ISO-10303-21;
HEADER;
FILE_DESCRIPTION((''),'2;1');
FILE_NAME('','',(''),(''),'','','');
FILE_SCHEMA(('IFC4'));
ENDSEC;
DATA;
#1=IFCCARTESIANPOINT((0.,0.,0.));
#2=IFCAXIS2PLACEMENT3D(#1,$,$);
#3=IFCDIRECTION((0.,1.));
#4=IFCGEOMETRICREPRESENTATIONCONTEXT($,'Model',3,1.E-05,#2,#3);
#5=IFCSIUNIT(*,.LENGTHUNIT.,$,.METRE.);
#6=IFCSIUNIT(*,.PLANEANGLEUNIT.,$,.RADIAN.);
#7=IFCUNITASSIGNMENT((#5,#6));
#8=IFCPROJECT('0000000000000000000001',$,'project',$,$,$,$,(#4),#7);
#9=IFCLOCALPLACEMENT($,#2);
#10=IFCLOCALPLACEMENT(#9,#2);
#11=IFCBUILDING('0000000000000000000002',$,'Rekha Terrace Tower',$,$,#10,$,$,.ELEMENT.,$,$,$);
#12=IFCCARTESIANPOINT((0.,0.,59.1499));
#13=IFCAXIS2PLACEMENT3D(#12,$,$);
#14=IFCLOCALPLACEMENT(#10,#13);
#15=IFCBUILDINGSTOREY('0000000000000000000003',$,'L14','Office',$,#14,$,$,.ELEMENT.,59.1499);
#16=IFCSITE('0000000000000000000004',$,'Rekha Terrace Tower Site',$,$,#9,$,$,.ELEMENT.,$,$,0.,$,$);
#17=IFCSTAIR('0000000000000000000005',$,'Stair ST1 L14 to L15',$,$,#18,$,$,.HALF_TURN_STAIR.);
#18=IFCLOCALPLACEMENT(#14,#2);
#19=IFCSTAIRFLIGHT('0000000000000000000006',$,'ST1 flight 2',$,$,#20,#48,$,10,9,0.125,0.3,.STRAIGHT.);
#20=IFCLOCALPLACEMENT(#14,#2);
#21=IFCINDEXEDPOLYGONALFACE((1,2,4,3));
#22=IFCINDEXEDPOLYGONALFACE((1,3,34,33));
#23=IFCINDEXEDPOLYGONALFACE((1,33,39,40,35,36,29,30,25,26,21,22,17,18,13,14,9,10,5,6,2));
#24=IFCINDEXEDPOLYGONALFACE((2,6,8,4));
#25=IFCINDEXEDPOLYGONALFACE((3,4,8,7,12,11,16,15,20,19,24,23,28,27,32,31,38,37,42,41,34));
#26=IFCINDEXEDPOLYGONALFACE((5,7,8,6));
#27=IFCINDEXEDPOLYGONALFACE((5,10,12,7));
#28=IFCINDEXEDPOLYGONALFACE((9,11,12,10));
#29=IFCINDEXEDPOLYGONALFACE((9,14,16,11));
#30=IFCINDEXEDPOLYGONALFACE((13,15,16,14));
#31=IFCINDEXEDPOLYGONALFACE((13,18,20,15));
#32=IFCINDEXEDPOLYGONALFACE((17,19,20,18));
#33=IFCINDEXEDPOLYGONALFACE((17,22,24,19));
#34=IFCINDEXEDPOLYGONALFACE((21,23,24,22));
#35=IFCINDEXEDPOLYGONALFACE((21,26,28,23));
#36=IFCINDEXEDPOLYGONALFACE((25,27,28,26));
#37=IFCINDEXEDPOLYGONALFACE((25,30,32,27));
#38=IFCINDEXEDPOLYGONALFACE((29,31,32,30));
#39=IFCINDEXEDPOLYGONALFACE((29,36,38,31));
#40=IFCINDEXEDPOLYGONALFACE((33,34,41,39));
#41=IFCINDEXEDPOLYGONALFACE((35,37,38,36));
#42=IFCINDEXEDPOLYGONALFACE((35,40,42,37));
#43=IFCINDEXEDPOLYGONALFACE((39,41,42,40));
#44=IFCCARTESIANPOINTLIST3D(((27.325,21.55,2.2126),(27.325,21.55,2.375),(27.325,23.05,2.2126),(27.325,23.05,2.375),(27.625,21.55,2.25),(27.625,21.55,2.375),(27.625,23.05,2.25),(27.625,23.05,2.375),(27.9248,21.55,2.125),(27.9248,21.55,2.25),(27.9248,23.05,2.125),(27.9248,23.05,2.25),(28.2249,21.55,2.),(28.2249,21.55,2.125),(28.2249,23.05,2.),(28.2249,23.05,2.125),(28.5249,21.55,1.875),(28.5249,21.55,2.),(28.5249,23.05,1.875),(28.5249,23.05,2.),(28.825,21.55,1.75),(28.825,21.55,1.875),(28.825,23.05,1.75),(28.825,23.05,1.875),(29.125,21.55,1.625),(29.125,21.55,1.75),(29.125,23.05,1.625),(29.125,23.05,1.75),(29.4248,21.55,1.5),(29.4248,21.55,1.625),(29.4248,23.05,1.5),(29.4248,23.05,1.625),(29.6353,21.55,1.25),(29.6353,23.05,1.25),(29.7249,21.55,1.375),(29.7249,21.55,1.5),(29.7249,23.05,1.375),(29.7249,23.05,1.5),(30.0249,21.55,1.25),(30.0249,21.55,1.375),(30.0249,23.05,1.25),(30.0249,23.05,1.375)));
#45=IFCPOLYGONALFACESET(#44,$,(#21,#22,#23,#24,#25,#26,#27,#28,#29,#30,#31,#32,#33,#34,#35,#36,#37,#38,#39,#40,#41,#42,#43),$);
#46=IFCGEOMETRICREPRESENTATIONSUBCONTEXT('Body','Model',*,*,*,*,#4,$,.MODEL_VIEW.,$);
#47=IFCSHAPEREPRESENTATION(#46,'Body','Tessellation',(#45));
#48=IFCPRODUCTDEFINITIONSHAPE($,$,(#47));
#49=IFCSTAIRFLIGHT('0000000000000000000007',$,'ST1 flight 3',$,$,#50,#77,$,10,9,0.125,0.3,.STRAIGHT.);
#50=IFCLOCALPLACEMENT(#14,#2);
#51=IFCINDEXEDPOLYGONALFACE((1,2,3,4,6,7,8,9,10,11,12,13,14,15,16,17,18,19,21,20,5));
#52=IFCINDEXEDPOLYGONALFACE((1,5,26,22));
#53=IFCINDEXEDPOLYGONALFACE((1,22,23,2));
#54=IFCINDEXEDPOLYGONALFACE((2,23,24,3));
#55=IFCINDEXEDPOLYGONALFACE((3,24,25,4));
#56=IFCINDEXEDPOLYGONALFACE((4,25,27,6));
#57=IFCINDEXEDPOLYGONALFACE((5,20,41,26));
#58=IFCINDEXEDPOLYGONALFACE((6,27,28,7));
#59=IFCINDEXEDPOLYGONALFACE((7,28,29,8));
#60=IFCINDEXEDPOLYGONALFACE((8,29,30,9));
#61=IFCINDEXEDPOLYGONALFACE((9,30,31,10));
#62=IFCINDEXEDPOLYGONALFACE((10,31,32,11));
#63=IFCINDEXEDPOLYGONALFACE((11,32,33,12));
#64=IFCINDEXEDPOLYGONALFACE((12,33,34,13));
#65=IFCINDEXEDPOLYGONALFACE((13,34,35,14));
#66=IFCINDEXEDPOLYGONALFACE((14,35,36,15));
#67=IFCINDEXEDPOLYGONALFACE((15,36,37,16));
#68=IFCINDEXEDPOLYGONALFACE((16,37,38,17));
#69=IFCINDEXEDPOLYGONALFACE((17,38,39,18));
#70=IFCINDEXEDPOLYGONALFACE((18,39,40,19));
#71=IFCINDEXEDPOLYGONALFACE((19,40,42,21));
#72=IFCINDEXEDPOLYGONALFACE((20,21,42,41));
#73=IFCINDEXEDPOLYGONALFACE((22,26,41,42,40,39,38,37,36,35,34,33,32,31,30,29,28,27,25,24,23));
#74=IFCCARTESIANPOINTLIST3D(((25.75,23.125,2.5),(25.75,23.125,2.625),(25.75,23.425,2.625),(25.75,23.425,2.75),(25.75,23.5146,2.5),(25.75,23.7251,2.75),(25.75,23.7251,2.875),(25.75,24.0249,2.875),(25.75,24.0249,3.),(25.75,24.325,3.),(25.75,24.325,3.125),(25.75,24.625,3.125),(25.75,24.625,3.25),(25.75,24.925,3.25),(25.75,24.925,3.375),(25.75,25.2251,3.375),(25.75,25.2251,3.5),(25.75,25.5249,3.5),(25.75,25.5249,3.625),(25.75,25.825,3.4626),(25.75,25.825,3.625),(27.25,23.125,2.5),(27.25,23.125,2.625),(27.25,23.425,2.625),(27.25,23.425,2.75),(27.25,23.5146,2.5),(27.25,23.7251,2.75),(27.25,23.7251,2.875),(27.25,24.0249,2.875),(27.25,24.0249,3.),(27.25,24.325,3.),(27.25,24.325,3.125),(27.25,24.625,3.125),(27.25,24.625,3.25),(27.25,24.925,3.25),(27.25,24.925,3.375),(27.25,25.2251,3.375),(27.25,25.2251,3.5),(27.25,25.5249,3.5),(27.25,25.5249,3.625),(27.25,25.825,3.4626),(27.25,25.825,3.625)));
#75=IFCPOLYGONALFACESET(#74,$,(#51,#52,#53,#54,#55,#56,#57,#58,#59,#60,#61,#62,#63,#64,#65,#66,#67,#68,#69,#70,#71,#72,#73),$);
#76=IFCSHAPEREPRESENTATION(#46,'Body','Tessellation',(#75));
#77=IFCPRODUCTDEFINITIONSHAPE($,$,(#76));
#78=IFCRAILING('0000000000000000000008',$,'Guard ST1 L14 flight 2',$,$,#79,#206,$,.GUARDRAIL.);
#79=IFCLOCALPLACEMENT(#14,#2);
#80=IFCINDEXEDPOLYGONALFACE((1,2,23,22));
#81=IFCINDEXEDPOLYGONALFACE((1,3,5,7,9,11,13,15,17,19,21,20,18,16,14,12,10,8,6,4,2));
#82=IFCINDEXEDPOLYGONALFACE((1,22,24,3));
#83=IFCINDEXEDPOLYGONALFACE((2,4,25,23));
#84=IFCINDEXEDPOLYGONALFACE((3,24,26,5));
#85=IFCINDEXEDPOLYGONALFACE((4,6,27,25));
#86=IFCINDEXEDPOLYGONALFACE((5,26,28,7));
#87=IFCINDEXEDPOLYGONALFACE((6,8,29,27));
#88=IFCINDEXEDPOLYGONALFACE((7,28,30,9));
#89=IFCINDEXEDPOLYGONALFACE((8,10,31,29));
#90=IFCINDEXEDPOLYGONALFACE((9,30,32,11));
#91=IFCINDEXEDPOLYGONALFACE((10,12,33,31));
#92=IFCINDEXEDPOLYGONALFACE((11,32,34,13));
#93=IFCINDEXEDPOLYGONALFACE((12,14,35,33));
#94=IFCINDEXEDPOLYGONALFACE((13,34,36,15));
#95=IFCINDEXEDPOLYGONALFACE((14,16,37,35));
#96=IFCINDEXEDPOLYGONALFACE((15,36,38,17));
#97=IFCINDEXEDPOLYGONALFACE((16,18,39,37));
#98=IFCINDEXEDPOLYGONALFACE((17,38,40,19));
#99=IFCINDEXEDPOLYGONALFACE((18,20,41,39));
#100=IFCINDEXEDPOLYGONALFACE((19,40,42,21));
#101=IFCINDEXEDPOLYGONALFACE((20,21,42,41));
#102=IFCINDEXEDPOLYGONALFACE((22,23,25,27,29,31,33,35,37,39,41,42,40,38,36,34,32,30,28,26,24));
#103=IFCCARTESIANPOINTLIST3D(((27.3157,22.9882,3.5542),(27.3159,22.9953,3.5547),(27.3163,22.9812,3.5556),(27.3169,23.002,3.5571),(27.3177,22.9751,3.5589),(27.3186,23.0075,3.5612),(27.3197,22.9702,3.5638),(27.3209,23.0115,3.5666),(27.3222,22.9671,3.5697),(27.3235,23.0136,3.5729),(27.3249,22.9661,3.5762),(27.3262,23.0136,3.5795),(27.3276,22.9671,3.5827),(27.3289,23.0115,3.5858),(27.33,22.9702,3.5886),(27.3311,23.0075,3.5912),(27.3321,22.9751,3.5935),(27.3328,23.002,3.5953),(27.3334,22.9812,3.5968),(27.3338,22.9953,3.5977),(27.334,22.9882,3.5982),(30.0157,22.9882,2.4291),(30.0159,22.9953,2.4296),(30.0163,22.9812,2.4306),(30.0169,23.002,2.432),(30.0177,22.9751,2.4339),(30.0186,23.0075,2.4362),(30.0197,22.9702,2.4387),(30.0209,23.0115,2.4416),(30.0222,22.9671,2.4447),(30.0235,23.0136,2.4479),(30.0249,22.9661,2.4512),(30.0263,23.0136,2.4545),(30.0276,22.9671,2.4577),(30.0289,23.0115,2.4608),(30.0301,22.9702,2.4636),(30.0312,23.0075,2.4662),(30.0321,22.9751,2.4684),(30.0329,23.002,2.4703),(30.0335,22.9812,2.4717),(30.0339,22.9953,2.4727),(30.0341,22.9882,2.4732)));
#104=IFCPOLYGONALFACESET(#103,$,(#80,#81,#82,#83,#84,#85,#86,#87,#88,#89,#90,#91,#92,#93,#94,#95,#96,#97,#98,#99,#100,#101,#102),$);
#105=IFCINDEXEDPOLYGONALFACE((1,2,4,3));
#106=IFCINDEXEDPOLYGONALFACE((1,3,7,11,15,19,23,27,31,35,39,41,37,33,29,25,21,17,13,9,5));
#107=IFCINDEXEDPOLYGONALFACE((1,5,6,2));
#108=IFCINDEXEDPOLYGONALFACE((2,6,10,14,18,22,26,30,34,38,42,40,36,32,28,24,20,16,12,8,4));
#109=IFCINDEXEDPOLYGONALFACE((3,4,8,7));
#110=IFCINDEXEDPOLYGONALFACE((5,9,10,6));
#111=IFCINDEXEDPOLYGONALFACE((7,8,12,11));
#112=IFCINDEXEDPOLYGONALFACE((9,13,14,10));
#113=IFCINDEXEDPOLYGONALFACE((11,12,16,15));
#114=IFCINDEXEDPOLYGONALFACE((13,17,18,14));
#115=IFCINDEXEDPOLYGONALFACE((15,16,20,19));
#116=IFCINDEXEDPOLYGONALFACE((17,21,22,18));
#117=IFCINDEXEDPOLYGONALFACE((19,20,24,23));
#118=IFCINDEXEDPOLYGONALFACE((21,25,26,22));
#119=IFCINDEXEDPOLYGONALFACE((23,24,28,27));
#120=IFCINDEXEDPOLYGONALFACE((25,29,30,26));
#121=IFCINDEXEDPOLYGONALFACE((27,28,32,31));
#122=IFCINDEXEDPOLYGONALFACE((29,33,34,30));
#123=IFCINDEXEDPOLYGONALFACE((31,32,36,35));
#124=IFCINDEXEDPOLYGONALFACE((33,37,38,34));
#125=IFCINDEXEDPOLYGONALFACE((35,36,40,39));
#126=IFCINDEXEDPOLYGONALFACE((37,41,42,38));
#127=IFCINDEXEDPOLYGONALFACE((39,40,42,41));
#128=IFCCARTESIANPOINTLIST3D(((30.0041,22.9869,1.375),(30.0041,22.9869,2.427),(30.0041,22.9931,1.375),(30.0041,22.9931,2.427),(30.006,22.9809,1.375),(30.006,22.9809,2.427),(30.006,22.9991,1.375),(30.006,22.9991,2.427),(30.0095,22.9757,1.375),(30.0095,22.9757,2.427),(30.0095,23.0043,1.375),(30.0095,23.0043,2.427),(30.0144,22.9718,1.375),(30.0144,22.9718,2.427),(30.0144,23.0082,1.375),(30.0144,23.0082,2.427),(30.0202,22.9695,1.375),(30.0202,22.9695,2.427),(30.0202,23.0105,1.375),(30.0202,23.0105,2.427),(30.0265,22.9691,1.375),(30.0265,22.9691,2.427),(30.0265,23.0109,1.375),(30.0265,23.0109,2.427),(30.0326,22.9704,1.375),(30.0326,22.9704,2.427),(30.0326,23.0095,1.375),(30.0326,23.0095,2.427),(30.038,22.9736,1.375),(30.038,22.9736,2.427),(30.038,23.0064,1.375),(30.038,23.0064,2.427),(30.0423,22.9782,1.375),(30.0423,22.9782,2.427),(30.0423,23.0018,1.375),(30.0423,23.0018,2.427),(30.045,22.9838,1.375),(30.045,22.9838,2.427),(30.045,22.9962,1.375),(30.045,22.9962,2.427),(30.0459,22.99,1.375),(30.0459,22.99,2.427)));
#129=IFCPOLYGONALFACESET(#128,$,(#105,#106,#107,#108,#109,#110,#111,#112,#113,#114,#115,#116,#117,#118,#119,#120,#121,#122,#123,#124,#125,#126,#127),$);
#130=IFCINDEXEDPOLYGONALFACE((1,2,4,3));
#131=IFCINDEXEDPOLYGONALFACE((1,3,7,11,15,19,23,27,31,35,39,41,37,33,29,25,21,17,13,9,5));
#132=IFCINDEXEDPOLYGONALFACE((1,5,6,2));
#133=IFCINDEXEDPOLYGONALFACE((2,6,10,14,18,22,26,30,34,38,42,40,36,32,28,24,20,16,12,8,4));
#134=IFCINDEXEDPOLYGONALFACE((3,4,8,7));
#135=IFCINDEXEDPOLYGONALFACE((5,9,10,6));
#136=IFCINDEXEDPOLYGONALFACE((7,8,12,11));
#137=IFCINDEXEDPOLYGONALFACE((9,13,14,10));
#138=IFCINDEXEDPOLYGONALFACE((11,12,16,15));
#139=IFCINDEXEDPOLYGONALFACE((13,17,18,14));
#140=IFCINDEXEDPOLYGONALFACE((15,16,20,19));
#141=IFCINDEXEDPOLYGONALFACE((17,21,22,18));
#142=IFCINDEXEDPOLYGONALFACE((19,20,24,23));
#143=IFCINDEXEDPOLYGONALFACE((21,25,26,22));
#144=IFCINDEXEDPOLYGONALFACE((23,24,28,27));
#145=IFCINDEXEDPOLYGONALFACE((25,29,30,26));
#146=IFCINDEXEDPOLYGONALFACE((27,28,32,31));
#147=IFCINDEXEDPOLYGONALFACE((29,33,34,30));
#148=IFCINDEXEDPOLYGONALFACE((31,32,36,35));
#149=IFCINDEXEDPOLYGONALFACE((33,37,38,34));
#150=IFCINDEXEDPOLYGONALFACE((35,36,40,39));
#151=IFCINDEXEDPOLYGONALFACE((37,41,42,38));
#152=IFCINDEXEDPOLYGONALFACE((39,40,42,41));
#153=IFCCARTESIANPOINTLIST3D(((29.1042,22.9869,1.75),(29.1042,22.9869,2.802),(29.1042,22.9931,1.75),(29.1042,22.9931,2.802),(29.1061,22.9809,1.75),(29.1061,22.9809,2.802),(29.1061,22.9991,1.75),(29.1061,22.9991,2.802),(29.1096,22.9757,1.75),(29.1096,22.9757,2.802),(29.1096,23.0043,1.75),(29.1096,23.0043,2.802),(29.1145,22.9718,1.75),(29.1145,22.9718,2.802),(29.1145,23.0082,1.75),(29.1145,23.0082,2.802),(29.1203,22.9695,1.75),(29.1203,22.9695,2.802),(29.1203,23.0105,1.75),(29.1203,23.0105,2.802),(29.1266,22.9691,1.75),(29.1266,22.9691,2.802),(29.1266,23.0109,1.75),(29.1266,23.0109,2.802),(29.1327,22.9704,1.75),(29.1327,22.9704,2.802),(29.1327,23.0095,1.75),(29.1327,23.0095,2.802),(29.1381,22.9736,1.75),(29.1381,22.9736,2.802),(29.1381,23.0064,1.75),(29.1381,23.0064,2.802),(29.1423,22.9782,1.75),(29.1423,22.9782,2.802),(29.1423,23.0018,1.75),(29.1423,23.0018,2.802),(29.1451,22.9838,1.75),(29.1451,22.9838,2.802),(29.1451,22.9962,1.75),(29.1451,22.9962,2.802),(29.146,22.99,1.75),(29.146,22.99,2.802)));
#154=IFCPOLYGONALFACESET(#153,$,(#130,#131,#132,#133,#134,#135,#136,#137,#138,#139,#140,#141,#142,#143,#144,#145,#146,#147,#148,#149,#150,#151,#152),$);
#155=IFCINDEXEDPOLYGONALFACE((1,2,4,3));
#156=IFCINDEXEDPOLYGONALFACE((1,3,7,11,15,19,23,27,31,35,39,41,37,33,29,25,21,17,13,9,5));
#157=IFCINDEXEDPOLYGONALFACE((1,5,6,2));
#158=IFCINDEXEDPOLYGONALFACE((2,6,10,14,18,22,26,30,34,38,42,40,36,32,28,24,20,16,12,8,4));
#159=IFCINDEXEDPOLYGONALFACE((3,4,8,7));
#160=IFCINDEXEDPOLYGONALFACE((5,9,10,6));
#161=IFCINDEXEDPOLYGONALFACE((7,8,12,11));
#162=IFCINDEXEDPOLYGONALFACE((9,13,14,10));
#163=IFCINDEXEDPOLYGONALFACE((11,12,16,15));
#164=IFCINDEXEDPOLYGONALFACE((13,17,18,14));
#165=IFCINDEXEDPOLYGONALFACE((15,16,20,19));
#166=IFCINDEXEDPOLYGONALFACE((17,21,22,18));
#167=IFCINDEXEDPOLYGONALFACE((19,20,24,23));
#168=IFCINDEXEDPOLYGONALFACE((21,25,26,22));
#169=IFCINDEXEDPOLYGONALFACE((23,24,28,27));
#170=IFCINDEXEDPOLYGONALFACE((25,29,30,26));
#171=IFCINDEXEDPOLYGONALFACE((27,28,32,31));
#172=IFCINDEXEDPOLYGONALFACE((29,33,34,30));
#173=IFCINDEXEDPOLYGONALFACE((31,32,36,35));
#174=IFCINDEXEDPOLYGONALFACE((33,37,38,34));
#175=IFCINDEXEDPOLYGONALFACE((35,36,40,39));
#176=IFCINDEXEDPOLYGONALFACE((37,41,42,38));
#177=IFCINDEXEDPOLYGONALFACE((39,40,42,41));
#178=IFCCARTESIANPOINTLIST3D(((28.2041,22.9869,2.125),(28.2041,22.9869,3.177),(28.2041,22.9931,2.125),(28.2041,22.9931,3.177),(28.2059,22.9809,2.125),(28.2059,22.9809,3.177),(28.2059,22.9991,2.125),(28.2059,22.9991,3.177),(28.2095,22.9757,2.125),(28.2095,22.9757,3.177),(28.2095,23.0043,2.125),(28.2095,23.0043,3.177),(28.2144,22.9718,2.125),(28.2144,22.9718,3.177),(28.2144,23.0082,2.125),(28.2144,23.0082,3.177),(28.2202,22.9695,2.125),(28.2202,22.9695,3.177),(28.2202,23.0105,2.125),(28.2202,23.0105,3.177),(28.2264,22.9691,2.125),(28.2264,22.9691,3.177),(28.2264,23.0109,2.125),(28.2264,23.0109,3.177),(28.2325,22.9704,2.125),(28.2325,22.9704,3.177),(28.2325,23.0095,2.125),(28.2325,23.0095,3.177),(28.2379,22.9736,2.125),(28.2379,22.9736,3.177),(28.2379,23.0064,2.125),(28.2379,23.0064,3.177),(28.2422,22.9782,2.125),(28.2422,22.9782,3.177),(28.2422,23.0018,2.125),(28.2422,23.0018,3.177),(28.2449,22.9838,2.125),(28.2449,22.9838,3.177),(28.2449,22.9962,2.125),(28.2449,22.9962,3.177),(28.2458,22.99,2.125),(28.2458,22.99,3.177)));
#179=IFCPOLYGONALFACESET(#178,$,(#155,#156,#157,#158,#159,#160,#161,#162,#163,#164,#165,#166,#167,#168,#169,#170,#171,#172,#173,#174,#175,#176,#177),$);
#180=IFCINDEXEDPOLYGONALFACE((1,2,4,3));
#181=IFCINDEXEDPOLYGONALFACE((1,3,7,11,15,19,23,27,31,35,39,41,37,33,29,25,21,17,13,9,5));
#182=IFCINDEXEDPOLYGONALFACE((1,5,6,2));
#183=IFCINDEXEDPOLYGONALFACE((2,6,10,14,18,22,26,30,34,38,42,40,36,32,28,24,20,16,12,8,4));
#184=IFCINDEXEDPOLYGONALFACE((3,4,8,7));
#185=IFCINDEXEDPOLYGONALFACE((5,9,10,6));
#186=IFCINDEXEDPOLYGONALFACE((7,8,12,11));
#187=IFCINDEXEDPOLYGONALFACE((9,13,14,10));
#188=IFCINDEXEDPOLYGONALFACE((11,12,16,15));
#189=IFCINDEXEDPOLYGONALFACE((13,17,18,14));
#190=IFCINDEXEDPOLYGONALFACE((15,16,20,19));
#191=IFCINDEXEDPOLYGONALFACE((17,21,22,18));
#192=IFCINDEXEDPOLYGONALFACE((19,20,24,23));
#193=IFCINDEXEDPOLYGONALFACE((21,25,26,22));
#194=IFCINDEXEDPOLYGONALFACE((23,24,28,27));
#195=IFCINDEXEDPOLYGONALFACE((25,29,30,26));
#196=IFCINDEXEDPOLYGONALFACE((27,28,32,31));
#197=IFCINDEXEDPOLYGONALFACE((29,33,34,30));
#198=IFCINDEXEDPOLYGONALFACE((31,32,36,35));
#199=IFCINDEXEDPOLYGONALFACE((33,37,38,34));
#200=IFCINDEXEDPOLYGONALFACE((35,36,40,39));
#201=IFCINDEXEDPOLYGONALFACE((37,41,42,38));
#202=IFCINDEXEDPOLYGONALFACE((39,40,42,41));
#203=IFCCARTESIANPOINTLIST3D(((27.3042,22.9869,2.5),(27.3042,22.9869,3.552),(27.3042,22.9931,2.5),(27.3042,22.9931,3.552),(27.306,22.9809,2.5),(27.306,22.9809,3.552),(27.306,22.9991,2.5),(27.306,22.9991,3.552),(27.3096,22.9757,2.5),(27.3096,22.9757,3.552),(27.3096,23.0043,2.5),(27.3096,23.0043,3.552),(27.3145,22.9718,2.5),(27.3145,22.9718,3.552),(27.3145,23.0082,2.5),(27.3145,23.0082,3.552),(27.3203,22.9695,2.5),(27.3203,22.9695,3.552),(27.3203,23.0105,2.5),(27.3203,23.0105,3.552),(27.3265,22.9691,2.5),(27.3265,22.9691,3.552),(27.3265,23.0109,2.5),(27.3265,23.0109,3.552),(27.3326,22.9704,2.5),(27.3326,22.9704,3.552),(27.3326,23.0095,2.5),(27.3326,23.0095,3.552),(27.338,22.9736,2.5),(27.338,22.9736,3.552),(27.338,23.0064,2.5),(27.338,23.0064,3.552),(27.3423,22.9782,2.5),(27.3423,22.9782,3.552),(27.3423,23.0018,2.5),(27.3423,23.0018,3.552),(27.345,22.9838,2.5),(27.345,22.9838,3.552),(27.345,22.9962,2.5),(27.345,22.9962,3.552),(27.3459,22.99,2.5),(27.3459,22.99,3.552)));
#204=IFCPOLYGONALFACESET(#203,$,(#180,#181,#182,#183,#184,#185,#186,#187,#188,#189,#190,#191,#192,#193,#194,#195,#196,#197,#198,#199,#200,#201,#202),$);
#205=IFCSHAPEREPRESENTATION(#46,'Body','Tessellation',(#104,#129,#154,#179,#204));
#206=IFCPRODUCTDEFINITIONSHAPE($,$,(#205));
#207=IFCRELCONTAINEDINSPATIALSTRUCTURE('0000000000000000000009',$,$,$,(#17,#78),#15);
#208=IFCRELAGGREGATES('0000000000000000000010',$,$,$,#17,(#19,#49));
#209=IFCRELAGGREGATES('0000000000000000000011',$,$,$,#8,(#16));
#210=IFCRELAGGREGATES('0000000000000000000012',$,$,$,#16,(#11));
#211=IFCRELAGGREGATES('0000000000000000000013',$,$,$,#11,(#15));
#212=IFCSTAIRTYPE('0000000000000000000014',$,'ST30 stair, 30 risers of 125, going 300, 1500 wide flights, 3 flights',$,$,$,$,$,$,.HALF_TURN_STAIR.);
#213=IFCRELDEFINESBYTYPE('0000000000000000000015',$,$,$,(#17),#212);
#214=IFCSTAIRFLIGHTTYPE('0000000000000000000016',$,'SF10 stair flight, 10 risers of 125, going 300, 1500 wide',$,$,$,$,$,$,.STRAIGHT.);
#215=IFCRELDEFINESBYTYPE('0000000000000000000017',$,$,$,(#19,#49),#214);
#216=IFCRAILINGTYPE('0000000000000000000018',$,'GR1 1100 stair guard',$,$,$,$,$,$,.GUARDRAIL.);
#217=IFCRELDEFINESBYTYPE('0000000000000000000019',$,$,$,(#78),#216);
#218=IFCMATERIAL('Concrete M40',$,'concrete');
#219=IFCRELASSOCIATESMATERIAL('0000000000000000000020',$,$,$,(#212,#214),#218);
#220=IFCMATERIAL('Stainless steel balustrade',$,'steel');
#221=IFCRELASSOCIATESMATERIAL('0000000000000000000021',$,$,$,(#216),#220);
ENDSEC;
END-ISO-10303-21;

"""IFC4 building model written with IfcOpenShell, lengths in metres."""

from ifc_helpers import new_model, si_unit, direction, frame, origin, origin_2d, place, context, subcontext, project, spatial, polyline, circle, outline, extrude, material, type_object, element, aggregate, save


model = new_model("IFC4")

# Units and contexts
model_context = context("Model", 3, precision=1e-05, world=origin(), true_north=direction((0.0, 1.0)))
body_context = subcontext(model_context, "Body", "Model", "MODEL_VIEW")
ifc_project = project(units=[si_unit("LENGTHUNIT", "METRE"), si_unit("PLANEANGLEUNIT", "RADIAN")], contexts=[model_context])

# Site, building, storey
site_placement = place(None, origin())
site = spatial("IfcSite", under=ifc_project, at=site_placement, Name="Rekha Terrace Tower Site", CompositionType="ELEMENT", RefElevation=0.0)
building_placement = place(site_placement, origin())
building = spatial("IfcBuilding", under=site, at=building_placement, Name="Rekha Terrace Tower", CompositionType="ELEMENT")
storey_placement = place(building_placement, frame((0.0, 0.0, 59.1499)))
storey = spatial("IfcBuildingStorey", under=building, at=storey_placement, Name="L14", Description="Office", CompositionType="ELEMENT", Elevation=59.1499)

# Stair, stair flights
ifc_material_1 = material(Name="Concrete M40", Category="concrete")
stair_type = type_object("IfcStairType", Name="ST30 stair, 30 risers of 125, going 300, 1500 wide flights, 3 flights", PredefinedType="HALF_TURN_STAIR", material=ifc_material_1)
stair_placement = place(storey_placement, origin())
stair = element("IfcStair", 1, at=stair_placement, inside=storey, type_object=stair_type, Name="Stair ST1 L14 to L15", PredefinedType="HALF_TURN_STAIR")
stair_flight_type = type_object("IfcStairFlightType", Name="SF10 stair flight, 10 risers of 125, going 300, 1500 wide", PredefinedType="STRAIGHT", material=ifc_material_1)
stair_flight_1_placement = place(storey_placement, frame((30.0249, 22.3, 1.25), z_axis=(0.0, 0.0, 1.0), x_axis=(-1.0, 0.0, 0.0)))
stair_flight_1 = element("IfcStairFlight", 2, at=stair_flight_1_placement, type_object=stair_flight_type, Name="ST1 flight 2", NumberOfRisers=10, NumberOfTreads=9, PredefinedType="STRAIGHT", RiserHeight=0.125, TreadLength=0.3, context=body_context, shape_type="SweptSolid", body=[
    extrude(outline(polyline([(0.0, 0.0), (0.0, 0.125), (0.3, 0.125), (0.3, 0.25), (0.6001, 0.25), (0.6001, 0.375), (0.8999, 0.375), (0.8999, 0.5), (1.2, 0.5), (1.2, 0.625), (1.5, 0.625), (1.5, 0.75), (1.8, 0.75), (1.8, 0.875), (2.1001, 0.875), (2.1001, 1.0), (2.3999, 1.0), (2.3999, 1.125), (2.7, 1.125), (2.7, 1.25), (2.7, 0.9626), (0.3896, 0.0), (0.0, 0.0)])), frame((0.0, 0.75, 0.0), z_axis=(0.0, -1.0, 0.0), x_axis=(1.0, 0.0, 0.0)), (0.0, 0.0, 1.0), 1.5),
])
stair_flight_2_placement = place(storey_placement, frame((26.5, 23.125, 2.5), z_axis=(0.0, 0.0, 1.0), x_axis=(0.0, 1.0, 0.0)))
stair_flight_2 = element("IfcStairFlight", 3, at=stair_flight_2_placement, type_object=stair_flight_type, Name="ST1 flight 3", NumberOfRisers=10, NumberOfTreads=9, PredefinedType="STRAIGHT", RiserHeight=0.125, TreadLength=0.3, context=body_context, shape_type="SweptSolid", body=[
    extrude(outline(polyline([(0.0, 0.0), (0.0, 0.125), (0.3, 0.125), (0.3, 0.25), (0.6001, 0.25), (0.6001, 0.375), (0.8999, 0.375), (0.8999, 0.5), (1.2, 0.5), (1.2, 0.625), (1.5, 0.625), (1.5, 0.75), (1.8, 0.75), (1.8, 0.875), (2.1001, 0.875), (2.1001, 1.0), (2.3999, 1.0), (2.3999, 1.125), (2.7, 1.125), (2.7, 1.25), (2.7, 0.9626), (0.3896, 0.0), (0.0, 0.0)])), frame((0.0, 0.75, 0.0), z_axis=(0.0, -1.0, 0.0), x_axis=(1.0, 0.0, 0.0)), (0.0, 0.0, 1.0), 1.5),
])
aggregate(stair, [stair_flight_1, stair_flight_2])

# Railing
ifc_material_2 = material(Name="Stainless steel balustrade", Category="steel")
railing_type_1 = type_object("IfcRailingType", Name="GR1 1100 stair guard", PredefinedType="GUARDRAIL", material=ifc_material_2)
railing_1_placement = place(storey_placement, frame((30.0249, 22.99, 1.375)))
element("IfcRailing", 4, at=railing_1_placement, inside=storey, type_object=railing_type_1, Name="Guard ST1 L14 flight 2", PredefinedType="GUARDRAIL", context=body_context, shape_type="SweptSolid", body=[
    extrude(circle(Radius=0.0239, at=origin_2d()), frame((0.0, 0.0, 1.0762), z_axis=(-0.923074, 0.0, 0.384621), x_axis=(0.0, -1.0, 0.0)), (0.0, 0.0, 1.0), 2.925),
    extrude(circle(Radius=0.021, at=origin_2d()), origin(), (0.0, 0.0, 1.0), 1.052),
    extrude(circle(Radius=0.021, at=origin_2d()), frame((-0.8999, 0.0, 0.375)), (0.0, 0.0, 1.0), 1.052),
    extrude(circle(Radius=0.021, at=origin_2d()), frame((-1.8, 0.0, 0.75)), (0.0, 0.0, 1.0), 1.052),
    extrude(circle(Radius=0.021, at=origin_2d()), frame((-2.7, 0.0, 1.125)), (0.0, 0.0, 1.0), 1.052),
])

save(model, "model.ifc")
